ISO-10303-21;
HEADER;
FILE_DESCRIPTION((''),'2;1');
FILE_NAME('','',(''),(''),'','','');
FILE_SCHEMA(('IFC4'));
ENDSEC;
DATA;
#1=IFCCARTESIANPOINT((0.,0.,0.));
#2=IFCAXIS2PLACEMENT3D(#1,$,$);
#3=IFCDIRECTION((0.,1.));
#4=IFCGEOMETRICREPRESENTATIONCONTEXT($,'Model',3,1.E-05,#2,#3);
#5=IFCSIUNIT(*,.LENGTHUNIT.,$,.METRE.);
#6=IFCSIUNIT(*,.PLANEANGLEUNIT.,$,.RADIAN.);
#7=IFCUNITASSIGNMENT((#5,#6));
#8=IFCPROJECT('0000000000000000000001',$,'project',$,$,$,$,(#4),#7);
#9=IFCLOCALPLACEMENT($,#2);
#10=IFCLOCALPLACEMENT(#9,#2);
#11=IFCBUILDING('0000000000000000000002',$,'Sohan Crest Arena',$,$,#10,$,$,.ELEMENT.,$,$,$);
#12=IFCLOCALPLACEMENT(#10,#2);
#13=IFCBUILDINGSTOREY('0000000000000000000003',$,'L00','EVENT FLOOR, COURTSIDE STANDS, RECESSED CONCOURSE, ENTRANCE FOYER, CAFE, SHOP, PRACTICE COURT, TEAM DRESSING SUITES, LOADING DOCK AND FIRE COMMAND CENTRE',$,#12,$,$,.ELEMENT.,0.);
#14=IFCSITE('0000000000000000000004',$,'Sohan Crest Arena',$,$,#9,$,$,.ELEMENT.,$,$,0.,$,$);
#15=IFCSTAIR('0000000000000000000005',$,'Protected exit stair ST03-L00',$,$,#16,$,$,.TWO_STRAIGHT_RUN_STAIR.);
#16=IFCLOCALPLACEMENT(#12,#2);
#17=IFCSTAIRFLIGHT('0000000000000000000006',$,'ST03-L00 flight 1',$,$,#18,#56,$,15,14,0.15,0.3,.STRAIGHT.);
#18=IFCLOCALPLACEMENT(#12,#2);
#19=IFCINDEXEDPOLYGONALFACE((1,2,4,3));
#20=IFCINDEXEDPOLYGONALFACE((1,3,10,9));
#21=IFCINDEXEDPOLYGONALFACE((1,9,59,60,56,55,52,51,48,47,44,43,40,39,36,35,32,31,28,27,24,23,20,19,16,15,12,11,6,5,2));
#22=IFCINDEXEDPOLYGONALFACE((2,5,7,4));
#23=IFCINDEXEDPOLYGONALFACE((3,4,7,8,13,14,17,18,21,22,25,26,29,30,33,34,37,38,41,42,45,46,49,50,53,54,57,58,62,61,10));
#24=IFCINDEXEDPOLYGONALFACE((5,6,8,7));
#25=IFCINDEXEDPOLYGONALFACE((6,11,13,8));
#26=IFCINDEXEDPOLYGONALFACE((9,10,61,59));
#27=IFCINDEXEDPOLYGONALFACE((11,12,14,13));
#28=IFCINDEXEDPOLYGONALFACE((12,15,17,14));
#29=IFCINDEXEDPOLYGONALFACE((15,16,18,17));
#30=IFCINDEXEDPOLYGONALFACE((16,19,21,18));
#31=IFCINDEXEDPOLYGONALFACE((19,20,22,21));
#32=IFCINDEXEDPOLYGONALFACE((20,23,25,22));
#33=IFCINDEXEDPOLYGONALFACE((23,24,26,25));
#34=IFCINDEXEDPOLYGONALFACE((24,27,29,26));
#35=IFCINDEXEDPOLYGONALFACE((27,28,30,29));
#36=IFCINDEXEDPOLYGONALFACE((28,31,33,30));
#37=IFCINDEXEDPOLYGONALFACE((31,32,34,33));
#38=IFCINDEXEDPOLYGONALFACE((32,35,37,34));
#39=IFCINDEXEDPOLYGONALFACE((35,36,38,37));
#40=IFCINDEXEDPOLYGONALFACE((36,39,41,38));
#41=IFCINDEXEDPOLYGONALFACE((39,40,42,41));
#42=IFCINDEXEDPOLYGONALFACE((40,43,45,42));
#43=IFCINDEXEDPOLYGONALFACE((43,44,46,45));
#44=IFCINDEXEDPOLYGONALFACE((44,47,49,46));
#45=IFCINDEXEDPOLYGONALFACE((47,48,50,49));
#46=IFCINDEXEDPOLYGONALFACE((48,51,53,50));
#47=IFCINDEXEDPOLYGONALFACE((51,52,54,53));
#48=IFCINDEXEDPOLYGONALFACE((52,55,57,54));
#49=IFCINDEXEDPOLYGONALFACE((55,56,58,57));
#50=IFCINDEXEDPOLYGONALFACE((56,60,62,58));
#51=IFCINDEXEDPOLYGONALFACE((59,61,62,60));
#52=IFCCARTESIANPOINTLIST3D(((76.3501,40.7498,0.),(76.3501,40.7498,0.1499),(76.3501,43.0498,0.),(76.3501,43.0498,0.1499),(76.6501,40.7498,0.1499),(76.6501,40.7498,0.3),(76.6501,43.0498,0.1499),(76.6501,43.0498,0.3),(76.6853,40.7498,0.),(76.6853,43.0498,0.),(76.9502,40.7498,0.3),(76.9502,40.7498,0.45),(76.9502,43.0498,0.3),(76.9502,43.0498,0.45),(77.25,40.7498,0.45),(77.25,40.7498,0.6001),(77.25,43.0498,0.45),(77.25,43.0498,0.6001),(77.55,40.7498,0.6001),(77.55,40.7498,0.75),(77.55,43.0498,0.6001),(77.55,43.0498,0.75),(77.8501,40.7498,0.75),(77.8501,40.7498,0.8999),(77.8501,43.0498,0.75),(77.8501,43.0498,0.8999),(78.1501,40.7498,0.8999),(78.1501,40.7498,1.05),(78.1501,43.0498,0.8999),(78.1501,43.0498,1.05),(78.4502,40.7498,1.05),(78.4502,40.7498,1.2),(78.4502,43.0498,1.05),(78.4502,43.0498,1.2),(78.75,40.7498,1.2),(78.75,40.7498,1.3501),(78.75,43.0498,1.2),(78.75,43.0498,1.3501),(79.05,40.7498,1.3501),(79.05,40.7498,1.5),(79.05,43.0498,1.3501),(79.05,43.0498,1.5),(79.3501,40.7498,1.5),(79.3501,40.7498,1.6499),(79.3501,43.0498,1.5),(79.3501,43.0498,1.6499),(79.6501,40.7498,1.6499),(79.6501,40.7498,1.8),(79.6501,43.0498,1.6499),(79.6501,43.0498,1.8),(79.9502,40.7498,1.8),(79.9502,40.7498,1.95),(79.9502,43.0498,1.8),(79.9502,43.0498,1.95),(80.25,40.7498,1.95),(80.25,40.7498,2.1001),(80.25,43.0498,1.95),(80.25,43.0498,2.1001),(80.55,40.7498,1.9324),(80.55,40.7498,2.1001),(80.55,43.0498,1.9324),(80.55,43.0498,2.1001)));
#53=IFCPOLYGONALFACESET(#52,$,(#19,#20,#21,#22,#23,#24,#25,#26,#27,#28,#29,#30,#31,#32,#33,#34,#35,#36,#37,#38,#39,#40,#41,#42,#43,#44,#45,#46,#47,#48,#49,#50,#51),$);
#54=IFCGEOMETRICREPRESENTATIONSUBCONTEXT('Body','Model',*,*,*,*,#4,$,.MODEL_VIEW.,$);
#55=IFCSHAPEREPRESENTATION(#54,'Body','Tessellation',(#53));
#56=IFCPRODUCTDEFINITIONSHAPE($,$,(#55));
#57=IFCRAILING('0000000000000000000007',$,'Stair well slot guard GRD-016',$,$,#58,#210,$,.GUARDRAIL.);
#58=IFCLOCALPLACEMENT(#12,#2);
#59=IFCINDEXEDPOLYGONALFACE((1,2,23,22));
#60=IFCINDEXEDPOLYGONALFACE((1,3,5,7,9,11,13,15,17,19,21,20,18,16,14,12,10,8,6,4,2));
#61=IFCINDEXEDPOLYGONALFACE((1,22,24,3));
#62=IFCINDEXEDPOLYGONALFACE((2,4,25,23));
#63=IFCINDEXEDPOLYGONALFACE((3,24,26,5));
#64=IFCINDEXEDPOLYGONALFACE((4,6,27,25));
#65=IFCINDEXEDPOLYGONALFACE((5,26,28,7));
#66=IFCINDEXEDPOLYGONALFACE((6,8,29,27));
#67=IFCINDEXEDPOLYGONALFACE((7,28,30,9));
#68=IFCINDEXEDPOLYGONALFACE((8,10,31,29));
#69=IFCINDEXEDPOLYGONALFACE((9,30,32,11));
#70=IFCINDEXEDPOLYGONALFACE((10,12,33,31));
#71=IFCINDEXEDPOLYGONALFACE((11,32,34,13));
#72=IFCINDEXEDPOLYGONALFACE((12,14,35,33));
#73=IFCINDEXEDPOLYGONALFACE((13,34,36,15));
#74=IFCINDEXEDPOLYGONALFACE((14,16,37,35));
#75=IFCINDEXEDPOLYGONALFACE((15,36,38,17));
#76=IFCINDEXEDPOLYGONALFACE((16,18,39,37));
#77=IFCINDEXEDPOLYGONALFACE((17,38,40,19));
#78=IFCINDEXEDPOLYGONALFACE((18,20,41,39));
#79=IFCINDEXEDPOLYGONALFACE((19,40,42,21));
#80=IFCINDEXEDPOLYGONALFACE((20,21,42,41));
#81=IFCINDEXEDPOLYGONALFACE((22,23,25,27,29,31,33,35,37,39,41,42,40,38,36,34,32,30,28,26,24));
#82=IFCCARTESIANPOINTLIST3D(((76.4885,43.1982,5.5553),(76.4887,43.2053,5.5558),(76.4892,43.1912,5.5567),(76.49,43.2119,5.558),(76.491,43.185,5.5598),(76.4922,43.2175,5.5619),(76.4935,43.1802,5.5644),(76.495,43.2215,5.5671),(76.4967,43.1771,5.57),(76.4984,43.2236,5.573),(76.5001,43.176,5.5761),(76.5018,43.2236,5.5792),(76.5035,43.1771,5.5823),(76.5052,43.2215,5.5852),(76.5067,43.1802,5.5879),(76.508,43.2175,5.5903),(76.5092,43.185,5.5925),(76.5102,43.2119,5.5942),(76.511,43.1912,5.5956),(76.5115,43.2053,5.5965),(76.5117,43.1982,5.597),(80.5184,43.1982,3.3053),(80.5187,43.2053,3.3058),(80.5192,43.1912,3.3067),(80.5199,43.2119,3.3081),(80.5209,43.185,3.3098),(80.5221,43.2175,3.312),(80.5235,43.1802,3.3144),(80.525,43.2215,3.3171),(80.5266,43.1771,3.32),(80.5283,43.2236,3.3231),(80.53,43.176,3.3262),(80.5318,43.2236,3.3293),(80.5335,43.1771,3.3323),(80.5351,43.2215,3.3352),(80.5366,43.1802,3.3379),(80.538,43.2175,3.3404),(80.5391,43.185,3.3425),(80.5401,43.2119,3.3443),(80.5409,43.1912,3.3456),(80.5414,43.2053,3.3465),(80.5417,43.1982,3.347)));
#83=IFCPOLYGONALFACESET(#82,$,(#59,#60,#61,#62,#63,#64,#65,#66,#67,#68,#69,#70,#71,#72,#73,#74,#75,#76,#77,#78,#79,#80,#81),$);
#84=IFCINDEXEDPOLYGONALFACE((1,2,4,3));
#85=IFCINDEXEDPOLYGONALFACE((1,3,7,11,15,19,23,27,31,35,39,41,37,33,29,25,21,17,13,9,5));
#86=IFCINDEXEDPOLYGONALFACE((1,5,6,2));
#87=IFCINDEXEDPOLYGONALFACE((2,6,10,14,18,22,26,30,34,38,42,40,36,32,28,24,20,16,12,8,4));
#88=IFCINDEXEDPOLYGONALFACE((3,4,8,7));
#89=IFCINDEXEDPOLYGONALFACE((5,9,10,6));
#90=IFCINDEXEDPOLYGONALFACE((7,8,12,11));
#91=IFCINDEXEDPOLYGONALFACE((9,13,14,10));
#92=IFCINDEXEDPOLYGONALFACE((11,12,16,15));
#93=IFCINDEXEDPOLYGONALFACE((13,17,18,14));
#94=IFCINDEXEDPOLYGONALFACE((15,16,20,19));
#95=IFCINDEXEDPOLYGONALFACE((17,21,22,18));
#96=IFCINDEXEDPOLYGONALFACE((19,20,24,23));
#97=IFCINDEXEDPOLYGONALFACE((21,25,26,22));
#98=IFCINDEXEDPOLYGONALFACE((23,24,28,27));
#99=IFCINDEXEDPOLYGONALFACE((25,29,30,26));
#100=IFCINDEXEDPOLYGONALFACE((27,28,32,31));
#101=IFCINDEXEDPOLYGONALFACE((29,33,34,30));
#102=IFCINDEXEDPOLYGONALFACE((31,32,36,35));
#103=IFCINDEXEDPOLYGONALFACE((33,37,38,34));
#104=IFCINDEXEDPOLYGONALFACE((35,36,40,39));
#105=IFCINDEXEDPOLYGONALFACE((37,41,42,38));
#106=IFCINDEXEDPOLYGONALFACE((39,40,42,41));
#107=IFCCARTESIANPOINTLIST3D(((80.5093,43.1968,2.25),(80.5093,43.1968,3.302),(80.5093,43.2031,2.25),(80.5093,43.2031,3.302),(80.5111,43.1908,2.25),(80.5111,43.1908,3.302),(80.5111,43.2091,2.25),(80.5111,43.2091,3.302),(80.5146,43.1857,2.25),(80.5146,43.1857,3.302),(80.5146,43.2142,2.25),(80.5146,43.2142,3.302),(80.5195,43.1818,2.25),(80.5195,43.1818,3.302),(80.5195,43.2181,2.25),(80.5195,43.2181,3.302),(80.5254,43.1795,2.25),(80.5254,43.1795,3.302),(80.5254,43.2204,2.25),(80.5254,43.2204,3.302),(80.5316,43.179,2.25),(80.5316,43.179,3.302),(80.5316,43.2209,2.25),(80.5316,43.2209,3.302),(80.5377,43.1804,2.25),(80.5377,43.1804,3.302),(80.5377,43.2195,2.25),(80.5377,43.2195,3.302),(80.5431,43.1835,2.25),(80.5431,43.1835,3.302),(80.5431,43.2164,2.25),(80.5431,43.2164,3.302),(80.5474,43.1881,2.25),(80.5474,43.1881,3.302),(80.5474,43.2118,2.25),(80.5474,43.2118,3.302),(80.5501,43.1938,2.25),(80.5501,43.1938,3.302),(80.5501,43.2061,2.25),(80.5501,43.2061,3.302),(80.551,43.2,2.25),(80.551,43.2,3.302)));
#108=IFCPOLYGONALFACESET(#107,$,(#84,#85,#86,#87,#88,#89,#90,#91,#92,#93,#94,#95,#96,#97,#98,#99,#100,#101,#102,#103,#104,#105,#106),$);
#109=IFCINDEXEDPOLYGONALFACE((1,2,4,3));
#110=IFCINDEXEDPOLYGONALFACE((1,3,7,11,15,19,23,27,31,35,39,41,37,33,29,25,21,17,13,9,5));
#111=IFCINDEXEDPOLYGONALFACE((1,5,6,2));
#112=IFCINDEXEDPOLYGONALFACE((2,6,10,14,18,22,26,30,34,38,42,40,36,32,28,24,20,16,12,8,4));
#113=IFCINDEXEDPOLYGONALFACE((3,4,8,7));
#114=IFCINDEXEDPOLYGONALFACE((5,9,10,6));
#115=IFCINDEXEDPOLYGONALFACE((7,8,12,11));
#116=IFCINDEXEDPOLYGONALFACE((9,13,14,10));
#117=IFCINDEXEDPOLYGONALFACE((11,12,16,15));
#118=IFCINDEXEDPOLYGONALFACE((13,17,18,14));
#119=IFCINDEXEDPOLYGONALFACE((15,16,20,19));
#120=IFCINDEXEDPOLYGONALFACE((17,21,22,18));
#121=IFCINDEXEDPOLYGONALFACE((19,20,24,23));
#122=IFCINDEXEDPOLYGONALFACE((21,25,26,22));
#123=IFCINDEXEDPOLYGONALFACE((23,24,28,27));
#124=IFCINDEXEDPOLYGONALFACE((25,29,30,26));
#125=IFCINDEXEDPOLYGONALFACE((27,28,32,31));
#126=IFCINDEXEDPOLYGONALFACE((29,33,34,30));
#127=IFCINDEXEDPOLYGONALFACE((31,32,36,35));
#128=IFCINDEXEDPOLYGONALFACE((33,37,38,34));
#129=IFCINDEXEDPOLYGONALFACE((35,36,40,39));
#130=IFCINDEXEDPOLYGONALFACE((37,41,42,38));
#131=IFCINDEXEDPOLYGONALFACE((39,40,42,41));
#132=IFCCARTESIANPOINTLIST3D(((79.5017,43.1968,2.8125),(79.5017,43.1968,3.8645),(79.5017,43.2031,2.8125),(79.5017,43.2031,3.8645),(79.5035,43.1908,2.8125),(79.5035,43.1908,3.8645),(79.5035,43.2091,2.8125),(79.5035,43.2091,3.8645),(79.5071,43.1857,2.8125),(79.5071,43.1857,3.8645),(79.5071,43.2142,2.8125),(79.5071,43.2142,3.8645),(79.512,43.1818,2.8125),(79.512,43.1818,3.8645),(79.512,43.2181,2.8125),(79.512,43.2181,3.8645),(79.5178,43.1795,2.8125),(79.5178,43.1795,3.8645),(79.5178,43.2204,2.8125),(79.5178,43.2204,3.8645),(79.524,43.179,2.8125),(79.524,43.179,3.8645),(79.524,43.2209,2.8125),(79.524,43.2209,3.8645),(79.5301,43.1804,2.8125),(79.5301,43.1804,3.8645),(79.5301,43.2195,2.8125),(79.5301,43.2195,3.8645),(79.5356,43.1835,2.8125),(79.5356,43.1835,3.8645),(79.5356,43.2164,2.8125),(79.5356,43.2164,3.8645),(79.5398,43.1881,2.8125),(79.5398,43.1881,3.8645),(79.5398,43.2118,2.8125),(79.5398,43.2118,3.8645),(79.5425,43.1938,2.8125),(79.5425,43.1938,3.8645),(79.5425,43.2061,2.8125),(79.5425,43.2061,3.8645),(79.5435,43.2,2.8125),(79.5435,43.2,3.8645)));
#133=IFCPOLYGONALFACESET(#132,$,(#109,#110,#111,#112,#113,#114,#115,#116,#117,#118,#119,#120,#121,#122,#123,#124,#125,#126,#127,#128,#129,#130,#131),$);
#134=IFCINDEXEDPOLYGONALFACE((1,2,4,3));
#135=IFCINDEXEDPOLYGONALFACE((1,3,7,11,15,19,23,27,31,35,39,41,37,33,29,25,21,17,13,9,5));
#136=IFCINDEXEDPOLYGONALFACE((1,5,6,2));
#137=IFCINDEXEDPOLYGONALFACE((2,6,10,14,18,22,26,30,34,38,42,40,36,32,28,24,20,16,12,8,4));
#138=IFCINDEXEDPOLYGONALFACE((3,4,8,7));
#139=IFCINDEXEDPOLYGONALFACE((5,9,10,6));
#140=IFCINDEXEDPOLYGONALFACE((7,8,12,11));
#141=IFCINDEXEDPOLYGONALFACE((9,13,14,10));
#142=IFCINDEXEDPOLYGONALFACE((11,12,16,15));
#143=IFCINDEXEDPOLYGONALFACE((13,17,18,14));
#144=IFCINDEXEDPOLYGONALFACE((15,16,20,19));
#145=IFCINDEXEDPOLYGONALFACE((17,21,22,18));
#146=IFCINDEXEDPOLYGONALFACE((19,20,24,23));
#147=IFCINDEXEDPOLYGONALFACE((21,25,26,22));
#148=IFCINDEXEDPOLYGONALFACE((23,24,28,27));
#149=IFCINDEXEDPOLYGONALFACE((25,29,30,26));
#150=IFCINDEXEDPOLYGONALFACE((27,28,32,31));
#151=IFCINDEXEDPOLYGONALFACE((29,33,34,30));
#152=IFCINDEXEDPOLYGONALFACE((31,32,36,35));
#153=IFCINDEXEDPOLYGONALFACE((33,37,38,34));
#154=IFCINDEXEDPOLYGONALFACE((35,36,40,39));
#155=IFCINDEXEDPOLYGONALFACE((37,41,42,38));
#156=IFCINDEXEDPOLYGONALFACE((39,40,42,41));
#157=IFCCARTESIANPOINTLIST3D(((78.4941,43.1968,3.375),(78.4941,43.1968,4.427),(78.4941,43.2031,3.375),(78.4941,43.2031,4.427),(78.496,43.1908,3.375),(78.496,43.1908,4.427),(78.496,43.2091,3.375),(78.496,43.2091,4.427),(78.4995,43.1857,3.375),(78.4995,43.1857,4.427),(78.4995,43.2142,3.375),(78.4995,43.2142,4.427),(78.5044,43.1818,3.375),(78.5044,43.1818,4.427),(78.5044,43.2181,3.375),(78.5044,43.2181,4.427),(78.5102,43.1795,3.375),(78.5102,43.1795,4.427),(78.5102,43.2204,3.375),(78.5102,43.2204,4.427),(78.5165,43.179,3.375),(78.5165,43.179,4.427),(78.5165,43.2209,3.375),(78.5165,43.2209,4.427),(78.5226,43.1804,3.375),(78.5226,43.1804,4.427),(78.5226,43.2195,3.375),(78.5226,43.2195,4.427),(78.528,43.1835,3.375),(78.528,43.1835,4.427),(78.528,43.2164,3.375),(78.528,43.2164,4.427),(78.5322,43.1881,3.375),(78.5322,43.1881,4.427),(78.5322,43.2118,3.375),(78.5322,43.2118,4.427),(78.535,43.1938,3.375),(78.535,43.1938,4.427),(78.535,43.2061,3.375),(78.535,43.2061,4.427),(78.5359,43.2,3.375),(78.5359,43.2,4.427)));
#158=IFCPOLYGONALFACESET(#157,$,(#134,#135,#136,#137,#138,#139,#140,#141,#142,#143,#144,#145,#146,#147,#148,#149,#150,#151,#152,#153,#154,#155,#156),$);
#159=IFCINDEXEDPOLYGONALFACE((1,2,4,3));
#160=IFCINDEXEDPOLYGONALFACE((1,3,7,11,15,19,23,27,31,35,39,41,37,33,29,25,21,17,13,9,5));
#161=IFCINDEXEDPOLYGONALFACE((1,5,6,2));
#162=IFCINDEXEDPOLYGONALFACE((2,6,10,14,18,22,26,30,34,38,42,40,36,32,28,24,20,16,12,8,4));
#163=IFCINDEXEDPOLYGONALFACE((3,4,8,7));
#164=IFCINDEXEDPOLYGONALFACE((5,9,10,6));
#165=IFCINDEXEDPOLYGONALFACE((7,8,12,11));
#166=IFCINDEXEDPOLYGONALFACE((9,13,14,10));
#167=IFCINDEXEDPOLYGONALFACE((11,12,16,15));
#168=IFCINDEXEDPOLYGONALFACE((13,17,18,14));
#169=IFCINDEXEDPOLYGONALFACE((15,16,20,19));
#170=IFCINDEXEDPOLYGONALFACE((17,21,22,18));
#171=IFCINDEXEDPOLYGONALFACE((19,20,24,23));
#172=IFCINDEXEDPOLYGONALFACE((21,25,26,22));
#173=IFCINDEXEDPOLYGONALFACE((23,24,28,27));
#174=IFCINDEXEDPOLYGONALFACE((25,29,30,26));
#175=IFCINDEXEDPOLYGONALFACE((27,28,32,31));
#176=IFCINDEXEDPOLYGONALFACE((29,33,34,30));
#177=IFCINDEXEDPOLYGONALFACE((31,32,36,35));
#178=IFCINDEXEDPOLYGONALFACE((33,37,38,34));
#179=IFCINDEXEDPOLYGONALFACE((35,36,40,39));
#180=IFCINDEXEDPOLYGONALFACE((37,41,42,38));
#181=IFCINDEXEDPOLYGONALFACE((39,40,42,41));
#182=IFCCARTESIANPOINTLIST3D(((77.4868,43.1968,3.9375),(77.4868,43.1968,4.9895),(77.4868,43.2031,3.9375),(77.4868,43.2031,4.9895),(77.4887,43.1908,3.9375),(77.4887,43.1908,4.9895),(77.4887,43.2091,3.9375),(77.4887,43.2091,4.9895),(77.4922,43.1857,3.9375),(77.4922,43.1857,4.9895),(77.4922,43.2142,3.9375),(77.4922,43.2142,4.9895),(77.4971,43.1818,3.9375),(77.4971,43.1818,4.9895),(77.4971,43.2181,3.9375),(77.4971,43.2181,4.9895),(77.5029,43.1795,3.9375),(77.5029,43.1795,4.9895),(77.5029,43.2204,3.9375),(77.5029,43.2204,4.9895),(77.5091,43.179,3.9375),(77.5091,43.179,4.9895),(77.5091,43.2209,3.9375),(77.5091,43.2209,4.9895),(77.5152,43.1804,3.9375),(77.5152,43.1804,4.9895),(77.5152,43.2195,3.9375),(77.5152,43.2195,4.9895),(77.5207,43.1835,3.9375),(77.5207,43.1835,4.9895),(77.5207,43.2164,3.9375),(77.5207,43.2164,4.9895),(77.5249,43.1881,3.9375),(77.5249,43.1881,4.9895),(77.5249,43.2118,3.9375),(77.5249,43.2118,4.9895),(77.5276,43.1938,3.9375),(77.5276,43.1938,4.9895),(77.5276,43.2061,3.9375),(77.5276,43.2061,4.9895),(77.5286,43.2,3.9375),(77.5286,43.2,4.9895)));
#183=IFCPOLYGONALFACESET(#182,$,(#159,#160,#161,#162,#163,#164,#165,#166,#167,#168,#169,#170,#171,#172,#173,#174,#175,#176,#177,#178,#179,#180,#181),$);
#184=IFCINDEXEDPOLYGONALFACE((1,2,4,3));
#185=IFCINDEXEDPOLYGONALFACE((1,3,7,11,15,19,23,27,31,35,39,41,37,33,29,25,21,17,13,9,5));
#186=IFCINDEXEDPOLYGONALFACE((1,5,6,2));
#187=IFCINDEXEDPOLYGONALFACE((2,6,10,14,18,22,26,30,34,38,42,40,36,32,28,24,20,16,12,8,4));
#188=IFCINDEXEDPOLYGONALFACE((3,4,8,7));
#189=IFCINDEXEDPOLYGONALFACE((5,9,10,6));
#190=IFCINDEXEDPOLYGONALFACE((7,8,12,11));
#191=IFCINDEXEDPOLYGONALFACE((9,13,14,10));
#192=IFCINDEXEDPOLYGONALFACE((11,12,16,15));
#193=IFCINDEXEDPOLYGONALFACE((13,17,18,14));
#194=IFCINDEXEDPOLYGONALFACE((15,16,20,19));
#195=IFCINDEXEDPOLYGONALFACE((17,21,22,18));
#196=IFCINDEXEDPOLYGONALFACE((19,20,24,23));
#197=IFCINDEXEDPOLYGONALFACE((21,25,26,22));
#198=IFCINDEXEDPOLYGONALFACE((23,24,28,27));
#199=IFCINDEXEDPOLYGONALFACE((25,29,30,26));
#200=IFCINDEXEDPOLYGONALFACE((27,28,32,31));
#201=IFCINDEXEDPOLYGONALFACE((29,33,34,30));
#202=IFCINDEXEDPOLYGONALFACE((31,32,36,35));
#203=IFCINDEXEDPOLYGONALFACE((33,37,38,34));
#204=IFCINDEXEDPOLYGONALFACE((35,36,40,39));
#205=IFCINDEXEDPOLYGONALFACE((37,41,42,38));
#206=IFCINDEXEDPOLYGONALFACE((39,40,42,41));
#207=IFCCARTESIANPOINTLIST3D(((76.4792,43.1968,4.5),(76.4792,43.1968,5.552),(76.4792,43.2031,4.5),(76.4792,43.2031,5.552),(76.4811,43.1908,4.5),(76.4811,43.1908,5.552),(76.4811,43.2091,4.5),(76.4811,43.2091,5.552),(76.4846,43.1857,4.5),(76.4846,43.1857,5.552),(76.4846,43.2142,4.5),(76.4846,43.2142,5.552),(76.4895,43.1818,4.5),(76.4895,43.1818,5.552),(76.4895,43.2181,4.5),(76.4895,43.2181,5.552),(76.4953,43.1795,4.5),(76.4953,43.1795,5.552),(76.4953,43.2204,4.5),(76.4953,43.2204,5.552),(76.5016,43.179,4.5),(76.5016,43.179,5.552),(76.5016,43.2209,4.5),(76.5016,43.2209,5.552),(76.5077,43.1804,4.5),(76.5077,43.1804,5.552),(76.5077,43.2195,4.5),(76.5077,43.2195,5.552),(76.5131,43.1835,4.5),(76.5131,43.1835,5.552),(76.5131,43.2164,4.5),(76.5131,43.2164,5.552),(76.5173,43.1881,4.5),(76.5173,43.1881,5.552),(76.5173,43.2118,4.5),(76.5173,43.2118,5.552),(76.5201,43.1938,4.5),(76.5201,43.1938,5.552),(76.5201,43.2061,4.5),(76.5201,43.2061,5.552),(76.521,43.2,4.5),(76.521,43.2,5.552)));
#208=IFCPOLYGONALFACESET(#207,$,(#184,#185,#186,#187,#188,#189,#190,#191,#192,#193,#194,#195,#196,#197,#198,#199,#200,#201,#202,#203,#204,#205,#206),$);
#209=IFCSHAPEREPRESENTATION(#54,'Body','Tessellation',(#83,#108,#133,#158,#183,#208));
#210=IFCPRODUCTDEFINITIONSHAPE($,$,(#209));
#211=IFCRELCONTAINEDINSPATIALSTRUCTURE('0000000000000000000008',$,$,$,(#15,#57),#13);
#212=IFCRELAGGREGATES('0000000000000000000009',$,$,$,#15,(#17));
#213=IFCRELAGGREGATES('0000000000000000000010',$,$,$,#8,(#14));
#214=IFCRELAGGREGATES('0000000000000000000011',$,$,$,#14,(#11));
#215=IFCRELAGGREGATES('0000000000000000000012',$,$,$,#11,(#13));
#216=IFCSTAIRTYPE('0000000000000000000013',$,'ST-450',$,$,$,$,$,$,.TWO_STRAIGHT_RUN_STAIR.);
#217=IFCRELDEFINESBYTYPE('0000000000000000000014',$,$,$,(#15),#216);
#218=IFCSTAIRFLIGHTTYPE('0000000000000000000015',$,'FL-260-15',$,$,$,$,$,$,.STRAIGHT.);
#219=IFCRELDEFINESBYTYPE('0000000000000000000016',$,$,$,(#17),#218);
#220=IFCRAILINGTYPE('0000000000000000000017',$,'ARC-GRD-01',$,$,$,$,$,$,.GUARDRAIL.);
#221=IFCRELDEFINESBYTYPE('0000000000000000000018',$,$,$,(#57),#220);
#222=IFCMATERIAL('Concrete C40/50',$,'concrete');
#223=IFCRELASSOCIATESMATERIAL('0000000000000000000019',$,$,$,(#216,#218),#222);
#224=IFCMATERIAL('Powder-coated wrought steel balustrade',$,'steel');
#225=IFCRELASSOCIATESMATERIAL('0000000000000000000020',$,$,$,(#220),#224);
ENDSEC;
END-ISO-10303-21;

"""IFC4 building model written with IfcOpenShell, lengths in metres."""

from ifc_helpers import new_model, si_unit, direction, frame, origin, origin_2d, place, context, subcontext, project, spatial, polyline, circle, outline, extrude, material, type_object, element, aggregate, save


model = new_model("IFC4")

# Units and contexts
model_context = context("Model", 3, precision=1e-05, world=origin(), true_north=direction((0.0, 1.0)))
body_context = subcontext(model_context, "Body", "Model", "MODEL_VIEW")
ifc_project = project(units=[si_unit("LENGTHUNIT", "METRE"), si_unit("PLANEANGLEUNIT", "RADIAN")], contexts=[model_context])

# Site, building, storey
site_placement = place(None, origin())
site = spatial("IfcSite", under=ifc_project, at=site_placement, Name="Sohan Crest Arena", CompositionType="ELEMENT", RefElevation=0.0)
building_placement = place(site_placement, origin())
building = spatial("IfcBuilding", under=site, at=building_placement, Name="Sohan Crest Arena", CompositionType="ELEMENT")
storey_placement = place(building_placement, origin())
storey = spatial("IfcBuildingStorey", under=building, at=storey_placement, Name="L00", Description="EVENT FLOOR, COURTSIDE STANDS, RECESSED CONCOURSE, ENTRANCE FOYER, CAFE, SHOP, PRACTICE COURT, TEAM DRESSING SUITES, LOADING DOCK AND FIRE COMMAND CENTRE", CompositionType="ELEMENT", Elevation=0.0)

# Shared definitions
ifc_material_1 = material(Name="Concrete C40/50", Category="concrete")

# Stair, stair flight
stair_type = type_object("IfcStairType", Name="ST-450", PredefinedType="TWO_STRAIGHT_RUN_STAIR", material=ifc_material_1)
stair_placement = place(storey_placement, origin())
stair = element("IfcStair", 1, at=stair_placement, inside=storey, type_object=stair_type, Name="Protected exit stair ST03-L00", PredefinedType="TWO_STRAIGHT_RUN_STAIR")
stair_flight_type = type_object("IfcStairFlightType", Name="FL-260-15", PredefinedType="STRAIGHT", material=ifc_material_1)
stair_flight_placement = place(storey_placement, frame((76.3501, 41.8999, 0.0), z_axis=(0.0, 0.0, 1.0), x_axis=(1.0, 0.0, 0.0)))
stair_flight = element("IfcStairFlight", 2, at=stair_flight_placement, type_object=stair_flight_type, Name="ST03-L00 flight 1", NumberOfRisers=15, NumberOfTreads=14, PredefinedType="STRAIGHT", RiserHeight=0.15, TreadLength=0.3, context=body_context, shape_type="SweptSolid", body=[
    extrude(outline(polyline([(0.0, 0.0), (0.0, 0.1499), (0.3, 0.1499), (0.3, 0.3), (0.6001, 0.3), (0.6001, 0.45), (0.8999, 0.45), (0.8999, 0.6001), (1.2, 0.6001), (1.2, 0.75), (1.5, 0.75), (1.5, 0.8999), (1.8, 0.8999), (1.8, 1.05), (2.1001, 1.05), (2.1001, 1.2), (2.3999, 1.2), (2.3999, 1.3501), (2.7, 1.3501), (2.7, 1.5), (3.0, 1.5), (3.0, 1.6499), (3.3, 1.6499), (3.3, 1.8), (3.6001, 1.8), (3.6001, 1.95), (3.8999, 1.95), (3.8999, 2.1001), (4.2, 2.1001), (4.2, 2.25), (4.2, 1.9324), (0.3352, 0.0), (0.0, 0.0)])), frame((0.0, 1.1499, 0.0), z_axis=(0.0, -1.0, 0.0), x_axis=(1.0, 0.0, 0.0)), (0.0, 0.0, 1.0), 2.3),
])
aggregate(stair, [stair_flight])

# Railing
ifc_material_2 = material(Name="Powder-coated wrought steel balustrade", Category="steel")
railing_type_1 = type_object("IfcRailingType", Name="ARC-GRD-01", PredefinedType="GUARDRAIL", material=ifc_material_2)
railing_placement = place(storey_placement, frame((80.53, 43.2, 2.25)))
element("IfcRailing", 3, at=railing_placement, inside=storey, type_object=railing_type_1, Name="Stair well slot guard GRD-016", PredefinedType="GUARDRAIL", context=body_context, shape_type="SweptSolid", body=[
    extrude(circle(Radius=0.0239, at=origin_2d()), frame((0.0, 0.0, 1.0762), z_axis=(-0.873135, 0.0, 0.487479), x_axis=(0.0, -1.0, 0.0)), (0.0, 0.0, 1.0), 4.6155),
    extrude(circle(Radius=0.021, at=origin_2d()), origin(), (0.0, 0.0, 1.0), 1.052),
    extrude(circle(Radius=0.021, at=origin_2d()), frame((-1.0076, 0.0, 0.5625)), (0.0, 0.0, 1.0), 1.052),
    extrude(circle(Radius=0.021, at=origin_2d()), frame((-2.0151, 0.0, 1.125)), (0.0, 0.0, 1.0), 1.052),
    extrude(circle(Radius=0.021, at=origin_2d()), frame((-3.0225, 0.0, 1.6875)), (0.0, 0.0, 1.0), 1.052),
    extrude(circle(Radius=0.021, at=origin_2d()), frame((-4.03, 0.0, 2.25)), (0.0, 0.0, 1.0), 1.052),
])

save(model, "model.ifc")
